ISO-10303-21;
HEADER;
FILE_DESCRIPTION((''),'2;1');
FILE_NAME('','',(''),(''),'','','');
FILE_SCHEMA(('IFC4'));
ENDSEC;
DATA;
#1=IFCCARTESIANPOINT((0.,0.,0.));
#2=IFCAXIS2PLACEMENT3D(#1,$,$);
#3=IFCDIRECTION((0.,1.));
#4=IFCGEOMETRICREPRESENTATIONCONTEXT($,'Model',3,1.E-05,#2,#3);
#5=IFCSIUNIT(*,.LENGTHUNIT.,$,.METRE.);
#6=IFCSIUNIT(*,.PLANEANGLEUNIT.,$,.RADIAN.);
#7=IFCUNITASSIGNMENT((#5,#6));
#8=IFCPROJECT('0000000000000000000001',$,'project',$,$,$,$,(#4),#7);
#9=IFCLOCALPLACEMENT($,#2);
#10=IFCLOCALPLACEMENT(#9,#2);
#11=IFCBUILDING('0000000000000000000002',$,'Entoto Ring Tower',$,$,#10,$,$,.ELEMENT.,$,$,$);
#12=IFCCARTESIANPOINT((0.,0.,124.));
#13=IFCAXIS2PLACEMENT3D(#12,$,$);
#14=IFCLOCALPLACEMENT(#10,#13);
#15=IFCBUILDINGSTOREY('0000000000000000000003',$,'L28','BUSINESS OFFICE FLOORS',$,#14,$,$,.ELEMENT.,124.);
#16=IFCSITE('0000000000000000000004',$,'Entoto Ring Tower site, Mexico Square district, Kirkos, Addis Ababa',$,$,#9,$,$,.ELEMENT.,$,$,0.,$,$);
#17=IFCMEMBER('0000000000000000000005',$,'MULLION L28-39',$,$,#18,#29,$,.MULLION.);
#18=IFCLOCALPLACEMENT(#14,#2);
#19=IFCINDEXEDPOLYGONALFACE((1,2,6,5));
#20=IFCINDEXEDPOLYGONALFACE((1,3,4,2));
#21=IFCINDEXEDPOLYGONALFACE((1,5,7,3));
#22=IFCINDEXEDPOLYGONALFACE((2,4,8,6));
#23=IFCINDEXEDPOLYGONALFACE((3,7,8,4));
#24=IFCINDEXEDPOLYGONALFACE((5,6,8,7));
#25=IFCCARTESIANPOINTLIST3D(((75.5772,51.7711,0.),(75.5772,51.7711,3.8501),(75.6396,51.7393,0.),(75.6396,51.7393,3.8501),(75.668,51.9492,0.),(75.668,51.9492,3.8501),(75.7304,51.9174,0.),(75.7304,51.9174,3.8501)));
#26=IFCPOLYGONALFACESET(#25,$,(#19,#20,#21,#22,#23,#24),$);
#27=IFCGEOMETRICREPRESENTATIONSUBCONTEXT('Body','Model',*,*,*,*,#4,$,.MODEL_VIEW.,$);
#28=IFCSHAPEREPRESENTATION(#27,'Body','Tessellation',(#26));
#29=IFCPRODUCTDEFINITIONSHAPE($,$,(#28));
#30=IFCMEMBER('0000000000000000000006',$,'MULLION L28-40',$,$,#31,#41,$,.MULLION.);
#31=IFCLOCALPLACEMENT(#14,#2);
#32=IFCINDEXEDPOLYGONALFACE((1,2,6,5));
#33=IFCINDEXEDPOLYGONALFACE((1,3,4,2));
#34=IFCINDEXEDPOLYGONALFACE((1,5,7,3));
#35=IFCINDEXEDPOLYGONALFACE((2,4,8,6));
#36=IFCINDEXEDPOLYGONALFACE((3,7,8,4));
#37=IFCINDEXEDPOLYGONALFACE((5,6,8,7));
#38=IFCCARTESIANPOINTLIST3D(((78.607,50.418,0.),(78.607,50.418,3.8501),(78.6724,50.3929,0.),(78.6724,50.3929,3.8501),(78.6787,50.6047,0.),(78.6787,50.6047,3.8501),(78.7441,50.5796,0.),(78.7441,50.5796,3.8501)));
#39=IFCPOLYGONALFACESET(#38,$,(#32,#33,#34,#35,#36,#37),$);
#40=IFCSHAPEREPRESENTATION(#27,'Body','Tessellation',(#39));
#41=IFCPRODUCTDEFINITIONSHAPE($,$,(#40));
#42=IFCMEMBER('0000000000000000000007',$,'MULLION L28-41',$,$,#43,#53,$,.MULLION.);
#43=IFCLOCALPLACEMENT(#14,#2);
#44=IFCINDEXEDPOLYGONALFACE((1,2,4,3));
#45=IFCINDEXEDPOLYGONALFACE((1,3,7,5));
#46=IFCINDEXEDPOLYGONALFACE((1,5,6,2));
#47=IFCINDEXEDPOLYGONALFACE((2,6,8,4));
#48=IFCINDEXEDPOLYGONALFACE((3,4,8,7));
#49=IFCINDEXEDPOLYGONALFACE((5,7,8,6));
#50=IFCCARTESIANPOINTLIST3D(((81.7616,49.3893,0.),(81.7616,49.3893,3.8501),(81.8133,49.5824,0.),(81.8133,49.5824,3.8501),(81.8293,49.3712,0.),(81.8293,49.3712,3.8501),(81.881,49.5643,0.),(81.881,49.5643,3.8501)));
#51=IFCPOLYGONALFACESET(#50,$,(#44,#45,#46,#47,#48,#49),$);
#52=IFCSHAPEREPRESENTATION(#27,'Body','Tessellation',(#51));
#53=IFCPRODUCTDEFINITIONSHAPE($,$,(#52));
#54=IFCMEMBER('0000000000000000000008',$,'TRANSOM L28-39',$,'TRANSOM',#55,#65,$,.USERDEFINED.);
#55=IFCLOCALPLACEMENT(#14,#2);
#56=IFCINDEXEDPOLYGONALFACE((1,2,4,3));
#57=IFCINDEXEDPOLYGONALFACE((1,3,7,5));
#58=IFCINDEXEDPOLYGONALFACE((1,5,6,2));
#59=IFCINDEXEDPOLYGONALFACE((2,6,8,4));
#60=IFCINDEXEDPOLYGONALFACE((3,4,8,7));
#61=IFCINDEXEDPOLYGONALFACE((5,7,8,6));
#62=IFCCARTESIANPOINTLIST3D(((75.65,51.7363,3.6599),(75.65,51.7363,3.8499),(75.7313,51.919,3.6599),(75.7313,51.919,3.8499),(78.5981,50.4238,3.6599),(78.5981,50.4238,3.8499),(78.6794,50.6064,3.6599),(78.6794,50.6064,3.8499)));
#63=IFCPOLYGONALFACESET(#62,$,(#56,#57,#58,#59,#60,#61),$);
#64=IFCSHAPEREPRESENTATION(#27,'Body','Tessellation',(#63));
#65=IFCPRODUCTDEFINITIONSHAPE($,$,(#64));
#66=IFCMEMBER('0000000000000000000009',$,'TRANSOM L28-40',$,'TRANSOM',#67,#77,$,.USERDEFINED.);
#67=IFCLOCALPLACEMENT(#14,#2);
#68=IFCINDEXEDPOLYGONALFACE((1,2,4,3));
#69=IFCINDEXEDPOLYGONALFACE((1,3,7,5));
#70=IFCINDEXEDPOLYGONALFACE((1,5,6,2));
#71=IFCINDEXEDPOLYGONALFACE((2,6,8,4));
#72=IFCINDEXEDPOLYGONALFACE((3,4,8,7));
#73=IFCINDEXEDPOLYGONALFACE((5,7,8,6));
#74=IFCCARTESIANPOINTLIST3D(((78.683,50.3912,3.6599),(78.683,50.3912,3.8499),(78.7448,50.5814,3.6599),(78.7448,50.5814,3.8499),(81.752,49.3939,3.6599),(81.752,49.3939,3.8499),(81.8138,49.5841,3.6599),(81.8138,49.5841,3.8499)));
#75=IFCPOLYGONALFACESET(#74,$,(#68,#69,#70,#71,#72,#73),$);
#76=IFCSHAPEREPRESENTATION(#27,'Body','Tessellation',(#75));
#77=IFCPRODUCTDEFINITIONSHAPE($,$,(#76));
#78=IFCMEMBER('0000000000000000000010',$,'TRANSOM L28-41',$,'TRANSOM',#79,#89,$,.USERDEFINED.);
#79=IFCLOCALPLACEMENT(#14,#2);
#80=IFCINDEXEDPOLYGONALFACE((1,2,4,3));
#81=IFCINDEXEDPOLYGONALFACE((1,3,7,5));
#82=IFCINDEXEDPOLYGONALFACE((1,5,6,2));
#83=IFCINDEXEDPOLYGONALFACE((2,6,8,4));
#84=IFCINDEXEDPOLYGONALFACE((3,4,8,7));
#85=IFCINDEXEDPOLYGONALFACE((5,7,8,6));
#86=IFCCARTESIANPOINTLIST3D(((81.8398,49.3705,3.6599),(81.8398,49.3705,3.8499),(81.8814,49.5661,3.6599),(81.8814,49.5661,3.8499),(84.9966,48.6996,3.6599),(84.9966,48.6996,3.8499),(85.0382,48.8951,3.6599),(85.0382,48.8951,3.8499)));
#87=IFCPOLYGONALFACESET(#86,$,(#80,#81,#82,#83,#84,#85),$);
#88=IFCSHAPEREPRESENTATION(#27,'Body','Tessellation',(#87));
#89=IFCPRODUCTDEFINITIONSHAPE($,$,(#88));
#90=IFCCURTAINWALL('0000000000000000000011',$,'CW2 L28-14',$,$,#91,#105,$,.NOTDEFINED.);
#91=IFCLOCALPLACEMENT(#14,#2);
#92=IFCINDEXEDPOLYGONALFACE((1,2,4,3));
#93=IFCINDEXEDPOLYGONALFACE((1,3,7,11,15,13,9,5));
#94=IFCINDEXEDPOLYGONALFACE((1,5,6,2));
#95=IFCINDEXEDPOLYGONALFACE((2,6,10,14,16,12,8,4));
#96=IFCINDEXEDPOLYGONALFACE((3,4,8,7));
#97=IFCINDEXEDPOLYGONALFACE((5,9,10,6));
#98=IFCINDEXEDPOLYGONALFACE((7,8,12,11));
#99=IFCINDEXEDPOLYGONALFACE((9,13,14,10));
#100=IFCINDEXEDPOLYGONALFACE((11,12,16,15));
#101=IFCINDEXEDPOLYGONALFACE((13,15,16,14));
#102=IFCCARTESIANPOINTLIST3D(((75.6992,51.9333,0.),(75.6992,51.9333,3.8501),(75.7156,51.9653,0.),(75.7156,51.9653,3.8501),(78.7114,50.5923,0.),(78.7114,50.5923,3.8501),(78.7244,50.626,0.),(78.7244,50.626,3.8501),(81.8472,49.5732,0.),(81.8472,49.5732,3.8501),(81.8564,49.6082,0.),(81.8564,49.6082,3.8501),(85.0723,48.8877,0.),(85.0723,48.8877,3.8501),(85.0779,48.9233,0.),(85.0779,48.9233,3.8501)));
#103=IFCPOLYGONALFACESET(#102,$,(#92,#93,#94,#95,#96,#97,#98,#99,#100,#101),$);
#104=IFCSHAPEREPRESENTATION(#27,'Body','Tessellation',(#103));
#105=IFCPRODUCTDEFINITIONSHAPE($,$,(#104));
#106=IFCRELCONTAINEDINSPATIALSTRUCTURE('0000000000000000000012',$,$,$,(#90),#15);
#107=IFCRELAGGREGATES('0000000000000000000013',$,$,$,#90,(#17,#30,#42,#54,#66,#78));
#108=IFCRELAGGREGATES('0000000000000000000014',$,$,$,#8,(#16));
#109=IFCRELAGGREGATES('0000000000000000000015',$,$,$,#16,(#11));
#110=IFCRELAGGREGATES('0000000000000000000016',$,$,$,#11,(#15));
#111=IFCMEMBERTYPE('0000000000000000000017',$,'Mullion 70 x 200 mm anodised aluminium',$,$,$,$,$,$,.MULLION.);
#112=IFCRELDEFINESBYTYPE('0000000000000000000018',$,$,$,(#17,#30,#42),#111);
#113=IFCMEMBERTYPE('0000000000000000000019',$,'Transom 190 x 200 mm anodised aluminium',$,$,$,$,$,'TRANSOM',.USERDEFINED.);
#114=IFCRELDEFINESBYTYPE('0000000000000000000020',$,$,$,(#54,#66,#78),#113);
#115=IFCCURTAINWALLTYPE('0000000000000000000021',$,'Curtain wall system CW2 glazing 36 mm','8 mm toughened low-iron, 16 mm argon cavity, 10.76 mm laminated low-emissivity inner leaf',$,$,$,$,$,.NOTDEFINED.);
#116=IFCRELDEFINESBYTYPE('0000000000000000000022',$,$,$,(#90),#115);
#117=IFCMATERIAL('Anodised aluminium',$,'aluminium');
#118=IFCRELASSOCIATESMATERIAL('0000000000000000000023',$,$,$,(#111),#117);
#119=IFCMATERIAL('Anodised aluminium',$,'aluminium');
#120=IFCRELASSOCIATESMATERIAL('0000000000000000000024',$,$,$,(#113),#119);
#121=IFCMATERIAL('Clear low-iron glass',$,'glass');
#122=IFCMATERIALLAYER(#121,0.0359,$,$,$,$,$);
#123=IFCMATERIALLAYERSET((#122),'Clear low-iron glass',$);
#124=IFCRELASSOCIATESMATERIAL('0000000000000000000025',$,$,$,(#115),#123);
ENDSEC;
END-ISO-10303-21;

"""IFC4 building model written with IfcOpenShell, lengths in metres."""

from ifc_helpers import new_model, si_unit, direction, frame, origin, origin_2d, place, context, subcontext, project, spatial, polyline, rectangle, outline, extrude, material, layer, layer_set, material_profile, profile_set, type_object, element, aggregate, save


model = new_model("IFC4")

# Units and contexts
model_context = context("Model", 3, precision=1e-05, world=origin(), true_north=direction((0.0, 1.0)))
body_context = subcontext(model_context, "Body", "Model", "MODEL_VIEW")
ifc_project = project(units=[si_unit("LENGTHUNIT", "METRE"), si_unit("PLANEANGLEUNIT", "RADIAN")], contexts=[model_context])

# Members
ifc_material_1 = material(Name="Anodised aluminium", Category="aluminium")
ifc_material_profile_1 = material_profile(ifc_material_1, rectangle(XDim=0.0701, YDim=0.2, at=origin_2d()), Name="Mullion 70 x 200 mm anodised aluminium")
ifc_profile_set_1 = profile_set([ifc_material_profile_1], Name="Anodised aluminium")
member_type_1 = type_object("IfcMemberType", Name="Mullion 70 x 200 mm anodised aluminium", PredefinedType="MULLION", material=ifc_profile_set_1)
site_placement = place(None, origin())
building_placement = place(site_placement, origin())
storey_placement = place(building_placement, frame((0.0, 0.0, 124.0)))
member_1_placement = place(storey_placement, frame((75.6538, 51.8442, 0.0), z_axis=(0.0, 0.0, 1.0), x_axis=(0.891007, -0.45399, 0.0)))
member_1 = element("IfcMember", 1, at=member_1_placement, type_object=member_type_1, Name="MULLION L28-39", PredefinedType="MULLION", context=body_context, shape_type="SweptSolid", body=[
    extrude(rectangle(XDim=0.0701, YDim=0.2, at=origin_2d()), origin(), (0.0, 0.0, 1.0), 3.8501),
])
member_2_placement = place(storey_placement, frame((78.6755, 50.4988, 0.0), z_axis=(0.0, 0.0, 1.0), x_axis=(0.93358, -0.358368, 0.0)))
member_2 = element("IfcMember", 2, at=member_2_placement, type_object=member_type_1, Name="MULLION L28-40", PredefinedType="MULLION", context=body_context, shape_type="SweptSolid", body=[
    extrude(rectangle(XDim=0.0701, YDim=0.2, at=origin_2d()), origin(), (0.0, 0.0, 1.0), 3.8501),
])
member_3_placement = place(storey_placement, frame((81.8213, 49.4768, 0.0), z_axis=(0.0, 0.0, 1.0), x_axis=(0.965926, -0.258819, 0.0)))
member_3 = element("IfcMember", 3, at=member_3_placement, type_object=member_type_1, Name="MULLION L28-41", PredefinedType="MULLION", context=body_context, shape_type="SweptSolid", body=[
    extrude(rectangle(XDim=0.0701, YDim=0.2, at=origin_2d()), origin(), (0.0, 0.0, 1.0), 3.8501),
])
ifc_material_2 = material(Name="Anodised aluminium", Category="aluminium")
ifc_material_profile_2 = material_profile(ifc_material_2, rectangle(XDim=0.2, YDim=0.1899, at=origin_2d()), Name="Transom 190 x 200 mm anodised aluminium")
ifc_profile_set_2 = profile_set([ifc_material_profile_2], Name="Anodised aluminium")
member_type_2 = type_object("IfcMemberType", Name="Transom 190 x 200 mm anodised aluminium", ElementType="TRANSOM", PredefinedType="USERDEFINED", material=ifc_profile_set_2)
member_4_placement = place(storey_placement, frame((75.6907, 51.8276, 3.7549), z_axis=(0.913549, -0.406728, 0.0), x_axis=(0.406728, 0.913549, 0.0)))
member_4 = element("IfcMember", 4, at=member_4_placement, type_object=member_type_2, Name="TRANSOM L28-39", ObjectType="TRANSOM", PredefinedType="USERDEFINED", context=body_context, shape_type="SweptSolid", body=[
    extrude(rectangle(XDim=0.2, YDim=0.1899, at=origin_2d()), origin(), (0.0, 0.0, 1.0), 3.2271),
])
member_5_placement = place(storey_placement, frame((78.7139, 50.4863, 3.7549), z_axis=(0.951047, -0.309047, 0.0), x_axis=(0.309047, 0.951047, 0.0)))
member_5 = element("IfcMember", 5, at=member_5_placement, type_object=member_type_2, Name="TRANSOM L28-40", ObjectType="TRANSOM", PredefinedType="USERDEFINED", context=body_context, shape_type="SweptSolid", body=[
    extrude(rectangle(XDim=0.2, YDim=0.1899, at=origin_2d()), origin(), (0.0, 0.0, 1.0), 3.2271),
])
member_6_placement = place(storey_placement, frame((81.8606, 49.4683, 3.7549), z_axis=(0.978153, -0.207886, 0.0), x_axis=(0.207886, 0.978153, 0.0)))
member_6 = element("IfcMember", 6, at=member_6_placement, type_object=member_type_2, Name="TRANSOM L28-41", ObjectType="TRANSOM", PredefinedType="USERDEFINED", context=body_context, shape_type="SweptSolid", body=[
    extrude(rectangle(XDim=0.2, YDim=0.1899, at=origin_2d()), origin(), (0.0, 0.0, 1.0), 3.2273),
])

# Site, building, storey
site = spatial("IfcSite", under=ifc_project, at=site_placement, Name="Entoto Ring Tower site, Mexico Square district, Kirkos, Addis Ababa", CompositionType="ELEMENT", RefElevation=0.0)
building = spatial("IfcBuilding", under=site, at=building_placement, Name="Entoto Ring Tower", CompositionType="ELEMENT")
storey = spatial("IfcBuildingStorey", under=building, at=storey_placement, Name="L28", Description="BUSINESS OFFICE FLOORS", CompositionType="ELEMENT", Elevation=124.0)

# Curtain wall
ifc_material_3 = material(Name="Clear low-iron glass", Category="glass")
ifc_layer = layer(ifc_material_3, 0.0359)
ifc_layer_set = layer_set([ifc_layer], Name="Clear low-iron glass")
curtain_wall_type = type_object("IfcCurtainWallType", Name="Curtain wall system CW2 glazing 36 mm", Description="8 mm toughened low-iron, 16 mm argon cavity, 10.76 mm laminated low-emissivity inner leaf", PredefinedType="NOTDEFINED", material=ifc_layer_set)
curtain_wall_1_placement = place(storey_placement, origin())
curtain_wall_1 = element("IfcCurtainWall", 7, at=curtain_wall_1_placement, inside=storey, type_object=curtain_wall_type, Name="CW2 L28-14", PredefinedType="NOTDEFINED", context=body_context, shape_type="SweptSolid", body=[
    extrude(outline(polyline([(75.6992, 51.9333), (78.7114, 50.5923), (81.8472, 49.5732), (85.0723, 48.8877), (85.0779, 48.9233), (81.8564, 49.6082), (78.7244, 50.626), (75.7156, 51.9653), (75.6992, 51.9333)])), origin(), (0.0, 0.0, 1.0), 3.8501),
])
aggregate(curtain_wall_1, [member_1, member_2, member_3, member_4, member_5, member_6])

save(model, "model.ifc")
